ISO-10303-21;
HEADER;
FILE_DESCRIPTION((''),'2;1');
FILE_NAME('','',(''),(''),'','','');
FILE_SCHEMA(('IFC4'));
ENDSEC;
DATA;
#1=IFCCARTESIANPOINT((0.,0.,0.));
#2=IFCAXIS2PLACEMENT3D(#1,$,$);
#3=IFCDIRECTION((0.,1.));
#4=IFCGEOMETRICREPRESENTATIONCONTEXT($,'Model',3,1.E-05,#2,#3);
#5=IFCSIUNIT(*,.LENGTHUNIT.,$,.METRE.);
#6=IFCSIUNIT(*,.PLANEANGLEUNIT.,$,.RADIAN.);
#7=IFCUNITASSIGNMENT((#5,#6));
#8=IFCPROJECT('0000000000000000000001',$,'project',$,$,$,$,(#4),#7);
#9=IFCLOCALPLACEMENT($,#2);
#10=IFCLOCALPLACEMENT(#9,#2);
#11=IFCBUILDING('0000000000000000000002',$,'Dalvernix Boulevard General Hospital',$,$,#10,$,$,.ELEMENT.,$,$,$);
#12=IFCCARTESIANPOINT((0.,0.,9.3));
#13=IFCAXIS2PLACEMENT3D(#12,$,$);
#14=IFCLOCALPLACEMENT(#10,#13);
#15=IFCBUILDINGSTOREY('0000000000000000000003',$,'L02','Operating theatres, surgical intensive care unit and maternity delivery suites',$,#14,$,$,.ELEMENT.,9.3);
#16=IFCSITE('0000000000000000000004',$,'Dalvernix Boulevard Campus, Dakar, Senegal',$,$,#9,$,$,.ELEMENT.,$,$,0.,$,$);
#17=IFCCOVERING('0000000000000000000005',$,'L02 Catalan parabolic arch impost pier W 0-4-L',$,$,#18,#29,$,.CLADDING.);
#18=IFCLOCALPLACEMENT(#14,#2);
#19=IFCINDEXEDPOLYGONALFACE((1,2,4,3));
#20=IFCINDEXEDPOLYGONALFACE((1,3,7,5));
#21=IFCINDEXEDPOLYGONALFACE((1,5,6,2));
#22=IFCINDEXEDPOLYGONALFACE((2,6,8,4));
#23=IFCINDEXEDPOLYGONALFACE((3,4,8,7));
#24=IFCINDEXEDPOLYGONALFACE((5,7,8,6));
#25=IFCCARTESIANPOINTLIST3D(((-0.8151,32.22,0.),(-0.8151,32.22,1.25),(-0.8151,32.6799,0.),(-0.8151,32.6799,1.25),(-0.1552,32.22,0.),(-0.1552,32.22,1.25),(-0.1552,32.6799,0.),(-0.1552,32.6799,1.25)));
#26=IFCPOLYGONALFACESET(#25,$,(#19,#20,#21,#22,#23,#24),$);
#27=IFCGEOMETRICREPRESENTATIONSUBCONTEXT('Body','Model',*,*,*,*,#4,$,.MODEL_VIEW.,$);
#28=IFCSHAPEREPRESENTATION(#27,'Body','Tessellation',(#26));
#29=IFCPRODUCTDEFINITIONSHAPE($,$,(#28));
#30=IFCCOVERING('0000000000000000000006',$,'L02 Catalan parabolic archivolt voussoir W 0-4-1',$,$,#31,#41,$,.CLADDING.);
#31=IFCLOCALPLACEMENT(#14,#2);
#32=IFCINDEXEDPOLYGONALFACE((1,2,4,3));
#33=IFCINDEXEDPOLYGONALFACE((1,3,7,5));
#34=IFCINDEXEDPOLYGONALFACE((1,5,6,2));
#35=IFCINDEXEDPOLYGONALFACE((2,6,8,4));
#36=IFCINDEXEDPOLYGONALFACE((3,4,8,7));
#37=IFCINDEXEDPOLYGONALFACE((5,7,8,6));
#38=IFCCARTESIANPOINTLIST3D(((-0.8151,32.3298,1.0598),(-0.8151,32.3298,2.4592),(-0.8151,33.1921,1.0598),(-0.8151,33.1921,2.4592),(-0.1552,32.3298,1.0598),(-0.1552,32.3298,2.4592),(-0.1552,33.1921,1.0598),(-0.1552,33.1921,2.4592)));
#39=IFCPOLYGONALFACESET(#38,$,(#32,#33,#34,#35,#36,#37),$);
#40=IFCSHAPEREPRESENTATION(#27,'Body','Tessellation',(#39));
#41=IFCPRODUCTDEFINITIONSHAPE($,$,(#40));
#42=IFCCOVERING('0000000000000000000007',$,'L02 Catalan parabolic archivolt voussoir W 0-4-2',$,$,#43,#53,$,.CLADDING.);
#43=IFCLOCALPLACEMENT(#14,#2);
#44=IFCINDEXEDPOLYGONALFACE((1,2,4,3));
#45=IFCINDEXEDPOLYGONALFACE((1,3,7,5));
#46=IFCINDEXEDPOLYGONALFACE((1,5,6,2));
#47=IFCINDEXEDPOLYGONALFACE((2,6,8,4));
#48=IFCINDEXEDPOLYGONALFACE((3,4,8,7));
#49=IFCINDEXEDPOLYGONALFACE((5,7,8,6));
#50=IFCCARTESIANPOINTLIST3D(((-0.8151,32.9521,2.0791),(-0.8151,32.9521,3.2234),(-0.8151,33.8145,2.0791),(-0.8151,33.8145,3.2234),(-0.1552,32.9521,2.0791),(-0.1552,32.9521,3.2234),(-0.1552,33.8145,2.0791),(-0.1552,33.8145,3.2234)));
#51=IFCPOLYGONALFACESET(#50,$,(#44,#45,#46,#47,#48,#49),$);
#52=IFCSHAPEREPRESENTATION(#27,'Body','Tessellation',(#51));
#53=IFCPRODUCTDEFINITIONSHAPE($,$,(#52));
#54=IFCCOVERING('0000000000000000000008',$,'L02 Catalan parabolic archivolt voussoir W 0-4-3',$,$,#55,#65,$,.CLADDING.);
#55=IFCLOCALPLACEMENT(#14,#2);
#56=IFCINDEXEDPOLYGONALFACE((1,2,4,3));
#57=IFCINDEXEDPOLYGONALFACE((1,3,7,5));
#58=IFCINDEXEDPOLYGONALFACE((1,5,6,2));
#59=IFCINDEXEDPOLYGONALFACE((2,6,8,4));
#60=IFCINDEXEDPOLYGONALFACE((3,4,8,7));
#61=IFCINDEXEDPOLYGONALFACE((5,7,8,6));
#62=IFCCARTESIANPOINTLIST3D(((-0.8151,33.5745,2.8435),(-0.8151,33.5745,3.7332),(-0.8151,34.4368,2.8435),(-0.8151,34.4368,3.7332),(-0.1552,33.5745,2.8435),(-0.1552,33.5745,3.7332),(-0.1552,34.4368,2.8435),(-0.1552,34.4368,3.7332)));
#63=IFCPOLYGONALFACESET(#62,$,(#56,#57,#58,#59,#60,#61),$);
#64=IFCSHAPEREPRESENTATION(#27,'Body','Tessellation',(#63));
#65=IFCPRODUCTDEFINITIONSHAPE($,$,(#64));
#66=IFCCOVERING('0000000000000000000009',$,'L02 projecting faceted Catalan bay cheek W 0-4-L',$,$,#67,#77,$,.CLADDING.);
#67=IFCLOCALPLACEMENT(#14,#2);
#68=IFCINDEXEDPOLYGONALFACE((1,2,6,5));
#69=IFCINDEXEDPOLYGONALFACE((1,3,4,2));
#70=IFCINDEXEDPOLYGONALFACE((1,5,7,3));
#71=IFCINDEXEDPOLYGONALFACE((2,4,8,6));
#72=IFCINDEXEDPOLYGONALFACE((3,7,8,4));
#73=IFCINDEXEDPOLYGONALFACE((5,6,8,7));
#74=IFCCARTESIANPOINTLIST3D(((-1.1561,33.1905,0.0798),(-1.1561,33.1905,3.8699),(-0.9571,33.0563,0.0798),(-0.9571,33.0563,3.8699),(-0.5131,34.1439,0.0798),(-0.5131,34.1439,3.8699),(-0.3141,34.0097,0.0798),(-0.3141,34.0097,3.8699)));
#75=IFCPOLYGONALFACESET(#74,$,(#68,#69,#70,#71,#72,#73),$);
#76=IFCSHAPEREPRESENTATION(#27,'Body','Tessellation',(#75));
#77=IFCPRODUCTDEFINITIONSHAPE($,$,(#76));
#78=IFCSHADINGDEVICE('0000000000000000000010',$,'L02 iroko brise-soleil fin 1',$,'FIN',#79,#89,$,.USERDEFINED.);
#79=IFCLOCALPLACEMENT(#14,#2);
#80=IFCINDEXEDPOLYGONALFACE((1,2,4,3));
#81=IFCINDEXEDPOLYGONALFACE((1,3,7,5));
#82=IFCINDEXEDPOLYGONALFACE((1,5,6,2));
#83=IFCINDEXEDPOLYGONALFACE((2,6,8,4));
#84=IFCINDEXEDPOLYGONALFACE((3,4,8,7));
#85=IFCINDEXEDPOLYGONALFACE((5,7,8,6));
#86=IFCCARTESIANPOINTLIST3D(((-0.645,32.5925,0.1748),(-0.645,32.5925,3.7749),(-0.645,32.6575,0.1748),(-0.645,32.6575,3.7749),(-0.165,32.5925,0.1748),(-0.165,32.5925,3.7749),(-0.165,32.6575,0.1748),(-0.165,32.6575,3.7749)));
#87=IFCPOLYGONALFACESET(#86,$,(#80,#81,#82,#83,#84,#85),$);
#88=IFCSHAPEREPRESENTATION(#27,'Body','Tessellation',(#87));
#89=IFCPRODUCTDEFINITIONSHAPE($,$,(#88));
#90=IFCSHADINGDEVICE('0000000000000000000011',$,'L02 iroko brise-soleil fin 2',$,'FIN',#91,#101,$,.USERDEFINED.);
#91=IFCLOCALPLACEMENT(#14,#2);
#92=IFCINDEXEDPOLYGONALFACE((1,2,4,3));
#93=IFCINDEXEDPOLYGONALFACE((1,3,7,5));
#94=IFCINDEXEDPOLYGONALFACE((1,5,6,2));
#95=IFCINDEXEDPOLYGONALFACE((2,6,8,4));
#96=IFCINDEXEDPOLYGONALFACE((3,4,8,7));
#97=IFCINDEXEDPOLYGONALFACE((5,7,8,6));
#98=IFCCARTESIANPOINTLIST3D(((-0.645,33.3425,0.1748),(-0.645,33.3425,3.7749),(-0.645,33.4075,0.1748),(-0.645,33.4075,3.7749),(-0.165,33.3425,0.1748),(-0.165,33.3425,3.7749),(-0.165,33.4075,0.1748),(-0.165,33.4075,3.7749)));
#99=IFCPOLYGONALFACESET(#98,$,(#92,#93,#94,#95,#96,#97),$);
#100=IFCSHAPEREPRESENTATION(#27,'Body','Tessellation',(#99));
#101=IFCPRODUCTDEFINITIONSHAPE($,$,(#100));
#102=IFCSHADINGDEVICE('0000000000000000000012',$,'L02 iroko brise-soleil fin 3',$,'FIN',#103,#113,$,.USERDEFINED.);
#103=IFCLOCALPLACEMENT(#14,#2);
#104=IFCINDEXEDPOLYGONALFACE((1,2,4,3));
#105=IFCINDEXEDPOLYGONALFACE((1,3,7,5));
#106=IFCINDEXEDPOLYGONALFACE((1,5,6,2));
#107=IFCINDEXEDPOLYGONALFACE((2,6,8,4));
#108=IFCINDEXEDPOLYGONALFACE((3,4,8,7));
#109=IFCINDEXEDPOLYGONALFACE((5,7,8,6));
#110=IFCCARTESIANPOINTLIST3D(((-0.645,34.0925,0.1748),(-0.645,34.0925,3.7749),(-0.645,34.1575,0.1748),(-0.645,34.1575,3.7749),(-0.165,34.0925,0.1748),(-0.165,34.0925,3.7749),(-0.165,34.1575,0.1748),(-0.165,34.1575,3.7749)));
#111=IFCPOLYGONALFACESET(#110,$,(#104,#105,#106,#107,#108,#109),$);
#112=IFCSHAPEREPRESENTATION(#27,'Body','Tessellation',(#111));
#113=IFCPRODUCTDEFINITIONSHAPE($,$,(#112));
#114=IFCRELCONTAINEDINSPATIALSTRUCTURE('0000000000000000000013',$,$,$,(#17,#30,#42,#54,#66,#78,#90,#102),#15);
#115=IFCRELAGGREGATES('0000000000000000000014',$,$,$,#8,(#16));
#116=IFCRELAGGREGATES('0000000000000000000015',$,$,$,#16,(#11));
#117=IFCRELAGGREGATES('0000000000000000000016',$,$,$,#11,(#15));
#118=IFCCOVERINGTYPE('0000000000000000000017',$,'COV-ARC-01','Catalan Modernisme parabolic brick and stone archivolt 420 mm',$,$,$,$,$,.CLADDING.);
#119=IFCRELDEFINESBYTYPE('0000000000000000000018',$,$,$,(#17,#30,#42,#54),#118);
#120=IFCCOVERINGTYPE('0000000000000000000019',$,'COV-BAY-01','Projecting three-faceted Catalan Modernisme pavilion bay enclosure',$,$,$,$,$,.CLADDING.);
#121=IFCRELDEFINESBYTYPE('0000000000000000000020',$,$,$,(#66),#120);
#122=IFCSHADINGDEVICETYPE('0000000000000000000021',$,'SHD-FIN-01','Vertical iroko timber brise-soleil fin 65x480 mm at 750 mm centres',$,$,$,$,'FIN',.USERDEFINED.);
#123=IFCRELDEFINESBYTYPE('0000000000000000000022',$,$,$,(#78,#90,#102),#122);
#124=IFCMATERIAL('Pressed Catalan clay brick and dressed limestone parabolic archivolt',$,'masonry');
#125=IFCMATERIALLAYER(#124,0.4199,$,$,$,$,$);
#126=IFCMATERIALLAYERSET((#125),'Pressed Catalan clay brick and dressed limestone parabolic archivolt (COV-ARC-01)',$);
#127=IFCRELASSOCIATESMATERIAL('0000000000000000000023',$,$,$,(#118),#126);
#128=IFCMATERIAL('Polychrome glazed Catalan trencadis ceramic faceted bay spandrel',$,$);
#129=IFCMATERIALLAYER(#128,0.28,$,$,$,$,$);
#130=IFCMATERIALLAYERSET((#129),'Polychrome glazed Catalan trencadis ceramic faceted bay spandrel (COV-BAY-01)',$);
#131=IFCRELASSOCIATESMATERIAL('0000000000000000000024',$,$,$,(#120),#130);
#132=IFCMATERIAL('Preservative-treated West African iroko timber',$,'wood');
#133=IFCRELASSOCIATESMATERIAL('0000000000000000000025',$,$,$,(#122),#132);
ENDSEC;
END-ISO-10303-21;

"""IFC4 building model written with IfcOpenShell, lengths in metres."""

from ifc_helpers import new_model, si_unit, direction, frame, origin, origin_2d, place, context, subcontext, project, spatial, rectangle, extrude, material, layer, layer_set, type_object, element, save


model = new_model("IFC4")

# Units and contexts
model_context = context("Model", 3, precision=1e-05, world=origin(), true_north=direction((0.0, 1.0)))
body_context = subcontext(model_context, "Body", "Model", "MODEL_VIEW")
ifc_project = project(units=[si_unit("LENGTHUNIT", "METRE"), si_unit("PLANEANGLEUNIT", "RADIAN")], contexts=[model_context])

# Site, building, storey
site_placement = place(None, origin())
site = spatial("IfcSite", under=ifc_project, at=site_placement, Name="Dalvernix Boulevard Campus, Dakar, Senegal", CompositionType="ELEMENT", RefElevation=0.0)
building_placement = place(site_placement, origin())
building = spatial("IfcBuilding", under=site, at=building_placement, Name="Dalvernix Boulevard General Hospital", CompositionType="ELEMENT")
storey_placement = place(building_placement, frame((0.0, 0.0, 9.3)))
storey = spatial("IfcBuildingStorey", under=building, at=storey_placement, Name="L02", Description="Operating theatres, surgical intensive care unit and maternity delivery suites", CompositionType="ELEMENT", Elevation=9.3)

# Coverings
ifc_material_1 = material(Name="Pressed Catalan clay brick and dressed limestone parabolic archivolt", Category="masonry")
ifc_layer_1 = layer(ifc_material_1, 0.4199)
ifc_layer_set_1 = layer_set([ifc_layer_1], Name="Pressed Catalan clay brick and dressed limestone parabolic archivolt (COV-ARC-01)")
covering_type_1 = type_object("IfcCoveringType", Name="COV-ARC-01", Description="Catalan Modernisme parabolic brick and stone archivolt 420 mm", PredefinedType="CLADDING", material=ifc_layer_set_1)
covering_1_placement = place(storey_placement, frame((-0.4851, 32.45, 0.0), z_axis=(0.0, 0.0, 1.0), x_axis=(0.0, 1.0, 0.0)))
element("IfcCovering", 1, at=covering_1_placement, inside=storey, type_object=covering_type_1, Name="L02 Catalan parabolic arch impost pier W 0-4-L", PredefinedType="CLADDING", context=body_context, shape_type="SweptSolid", body=[
    extrude(rectangle(XDim=0.46, YDim=0.6599, at=origin_2d()), origin(), (0.0, 0.0, 1.0), 1.25),
])
covering_2_placement = place(storey_placement, frame((-0.4851, 32.761, 1.0598), z_axis=(0.0, 0.0, 1.0), x_axis=(0.0, 1.0, 0.0)))
element("IfcCovering", 2, at=covering_2_placement, inside=storey, type_object=covering_type_1, Name="L02 Catalan parabolic archivolt voussoir W 0-4-1", PredefinedType="CLADDING", context=body_context, shape_type="SweptSolid", body=[
    extrude(rectangle(XDim=0.8623, YDim=0.6599, at=origin_2d()), origin(), (0.0, 0.0, 1.0), 1.3994),
])
covering_3_placement = place(storey_placement, frame((-0.4851, 33.3833, 2.0791), z_axis=(0.0, 0.0, 1.0), x_axis=(0.0, 1.0, 0.0)))
element("IfcCovering", 3, at=covering_3_placement, inside=storey, type_object=covering_type_1, Name="L02 Catalan parabolic archivolt voussoir W 0-4-2", PredefinedType="CLADDING", context=body_context, shape_type="SweptSolid", body=[
    extrude(rectangle(XDim=0.8623, YDim=0.6599, at=origin_2d()), origin(), (0.0, 0.0, 1.0), 1.1443),
])
covering_4_placement = place(storey_placement, frame((-0.4851, 34.0056, 2.8435), z_axis=(0.0, 0.0, 1.0), x_axis=(0.0, 1.0, 0.0)))
element("IfcCovering", 4, at=covering_4_placement, inside=storey, type_object=covering_type_1, Name="L02 Catalan parabolic archivolt voussoir W 0-4-3", PredefinedType="CLADDING", context=body_context, shape_type="SweptSolid", body=[
    extrude(rectangle(XDim=0.8623, YDim=0.6599, at=origin_2d()), origin(), (0.0, 0.0, 1.0), 0.8896),
])
ifc_material_2 = material(Name="Polychrome glazed Catalan trencadis ceramic faceted bay spandrel")
ifc_layer_2 = layer(ifc_material_2, 0.28)
ifc_layer_set_2 = layer_set([ifc_layer_2], Name="Polychrome glazed Catalan trencadis ceramic faceted bay spandrel (COV-BAY-01)")
covering_type_2 = type_object("IfcCoveringType", Name="COV-BAY-01", Description="Projecting three-faceted Catalan Modernisme pavilion bay enclosure", PredefinedType="CLADDING", material=ifc_layer_set_2)
covering_5_placement = place(storey_placement, frame((-0.7351, 33.6001, 0.0798), z_axis=(0.0, 0.0, 1.0), x_axis=(0.559193, 0.829038, 0.0)))
element("IfcCovering", 5, at=covering_5_placement, inside=storey, type_object=covering_type_2, Name="L02 projecting faceted Catalan bay cheek W 0-4-L", PredefinedType="CLADDING", context=body_context, shape_type="SweptSolid", body=[
    extrude(rectangle(XDim=1.1499, YDim=0.24, at=origin_2d()), origin(), (0.0, 0.0, 1.0), 3.79),
])

# Shading devices
ifc_material_3 = material(Name="Preservative-treated West African iroko timber", Category="wood")
shading_device_type = type_object("IfcShadingDeviceType", Name="SHD-FIN-01", Description="Vertical iroko timber brise-soleil fin 65x480 mm at 750 mm centres", ElementType="FIN", PredefinedType="USERDEFINED", material=ifc_material_3)
for number, where, z_axis, x_axis, name in (
    (6, (-0.405, 32.625, 0.1748), (0.0, 0.0, 1.0), (0.0, 1.0, 0.0), "L02 iroko brise-soleil fin 1"),
    (7, (-0.405, 33.375, 0.1748), (0.0, 0.0, 1.0), (0.0, 1.0, 0.0), "L02 iroko brise-soleil fin 2"),
    (8, (-0.405, 34.125, 0.1748), (0.0, 0.0, 1.0), (0.0, 1.0, 0.0), "L02 iroko brise-soleil fin 3"),
):
    element("IfcShadingDevice", number, at=place(storey_placement, frame(where, z_axis=z_axis, x_axis=x_axis)), inside=storey, type_object=shading_device_type, Name=name, ObjectType="FIN", PredefinedType="USERDEFINED", context=body_context, shape_type="SweptSolid", body=[
        extrude(rectangle(XDim=0.0649, YDim=0.48, at=origin_2d()), origin(), (0.0, 0.0, 1.0), 3.6001),
    ])

save(model, "model.ifc")
